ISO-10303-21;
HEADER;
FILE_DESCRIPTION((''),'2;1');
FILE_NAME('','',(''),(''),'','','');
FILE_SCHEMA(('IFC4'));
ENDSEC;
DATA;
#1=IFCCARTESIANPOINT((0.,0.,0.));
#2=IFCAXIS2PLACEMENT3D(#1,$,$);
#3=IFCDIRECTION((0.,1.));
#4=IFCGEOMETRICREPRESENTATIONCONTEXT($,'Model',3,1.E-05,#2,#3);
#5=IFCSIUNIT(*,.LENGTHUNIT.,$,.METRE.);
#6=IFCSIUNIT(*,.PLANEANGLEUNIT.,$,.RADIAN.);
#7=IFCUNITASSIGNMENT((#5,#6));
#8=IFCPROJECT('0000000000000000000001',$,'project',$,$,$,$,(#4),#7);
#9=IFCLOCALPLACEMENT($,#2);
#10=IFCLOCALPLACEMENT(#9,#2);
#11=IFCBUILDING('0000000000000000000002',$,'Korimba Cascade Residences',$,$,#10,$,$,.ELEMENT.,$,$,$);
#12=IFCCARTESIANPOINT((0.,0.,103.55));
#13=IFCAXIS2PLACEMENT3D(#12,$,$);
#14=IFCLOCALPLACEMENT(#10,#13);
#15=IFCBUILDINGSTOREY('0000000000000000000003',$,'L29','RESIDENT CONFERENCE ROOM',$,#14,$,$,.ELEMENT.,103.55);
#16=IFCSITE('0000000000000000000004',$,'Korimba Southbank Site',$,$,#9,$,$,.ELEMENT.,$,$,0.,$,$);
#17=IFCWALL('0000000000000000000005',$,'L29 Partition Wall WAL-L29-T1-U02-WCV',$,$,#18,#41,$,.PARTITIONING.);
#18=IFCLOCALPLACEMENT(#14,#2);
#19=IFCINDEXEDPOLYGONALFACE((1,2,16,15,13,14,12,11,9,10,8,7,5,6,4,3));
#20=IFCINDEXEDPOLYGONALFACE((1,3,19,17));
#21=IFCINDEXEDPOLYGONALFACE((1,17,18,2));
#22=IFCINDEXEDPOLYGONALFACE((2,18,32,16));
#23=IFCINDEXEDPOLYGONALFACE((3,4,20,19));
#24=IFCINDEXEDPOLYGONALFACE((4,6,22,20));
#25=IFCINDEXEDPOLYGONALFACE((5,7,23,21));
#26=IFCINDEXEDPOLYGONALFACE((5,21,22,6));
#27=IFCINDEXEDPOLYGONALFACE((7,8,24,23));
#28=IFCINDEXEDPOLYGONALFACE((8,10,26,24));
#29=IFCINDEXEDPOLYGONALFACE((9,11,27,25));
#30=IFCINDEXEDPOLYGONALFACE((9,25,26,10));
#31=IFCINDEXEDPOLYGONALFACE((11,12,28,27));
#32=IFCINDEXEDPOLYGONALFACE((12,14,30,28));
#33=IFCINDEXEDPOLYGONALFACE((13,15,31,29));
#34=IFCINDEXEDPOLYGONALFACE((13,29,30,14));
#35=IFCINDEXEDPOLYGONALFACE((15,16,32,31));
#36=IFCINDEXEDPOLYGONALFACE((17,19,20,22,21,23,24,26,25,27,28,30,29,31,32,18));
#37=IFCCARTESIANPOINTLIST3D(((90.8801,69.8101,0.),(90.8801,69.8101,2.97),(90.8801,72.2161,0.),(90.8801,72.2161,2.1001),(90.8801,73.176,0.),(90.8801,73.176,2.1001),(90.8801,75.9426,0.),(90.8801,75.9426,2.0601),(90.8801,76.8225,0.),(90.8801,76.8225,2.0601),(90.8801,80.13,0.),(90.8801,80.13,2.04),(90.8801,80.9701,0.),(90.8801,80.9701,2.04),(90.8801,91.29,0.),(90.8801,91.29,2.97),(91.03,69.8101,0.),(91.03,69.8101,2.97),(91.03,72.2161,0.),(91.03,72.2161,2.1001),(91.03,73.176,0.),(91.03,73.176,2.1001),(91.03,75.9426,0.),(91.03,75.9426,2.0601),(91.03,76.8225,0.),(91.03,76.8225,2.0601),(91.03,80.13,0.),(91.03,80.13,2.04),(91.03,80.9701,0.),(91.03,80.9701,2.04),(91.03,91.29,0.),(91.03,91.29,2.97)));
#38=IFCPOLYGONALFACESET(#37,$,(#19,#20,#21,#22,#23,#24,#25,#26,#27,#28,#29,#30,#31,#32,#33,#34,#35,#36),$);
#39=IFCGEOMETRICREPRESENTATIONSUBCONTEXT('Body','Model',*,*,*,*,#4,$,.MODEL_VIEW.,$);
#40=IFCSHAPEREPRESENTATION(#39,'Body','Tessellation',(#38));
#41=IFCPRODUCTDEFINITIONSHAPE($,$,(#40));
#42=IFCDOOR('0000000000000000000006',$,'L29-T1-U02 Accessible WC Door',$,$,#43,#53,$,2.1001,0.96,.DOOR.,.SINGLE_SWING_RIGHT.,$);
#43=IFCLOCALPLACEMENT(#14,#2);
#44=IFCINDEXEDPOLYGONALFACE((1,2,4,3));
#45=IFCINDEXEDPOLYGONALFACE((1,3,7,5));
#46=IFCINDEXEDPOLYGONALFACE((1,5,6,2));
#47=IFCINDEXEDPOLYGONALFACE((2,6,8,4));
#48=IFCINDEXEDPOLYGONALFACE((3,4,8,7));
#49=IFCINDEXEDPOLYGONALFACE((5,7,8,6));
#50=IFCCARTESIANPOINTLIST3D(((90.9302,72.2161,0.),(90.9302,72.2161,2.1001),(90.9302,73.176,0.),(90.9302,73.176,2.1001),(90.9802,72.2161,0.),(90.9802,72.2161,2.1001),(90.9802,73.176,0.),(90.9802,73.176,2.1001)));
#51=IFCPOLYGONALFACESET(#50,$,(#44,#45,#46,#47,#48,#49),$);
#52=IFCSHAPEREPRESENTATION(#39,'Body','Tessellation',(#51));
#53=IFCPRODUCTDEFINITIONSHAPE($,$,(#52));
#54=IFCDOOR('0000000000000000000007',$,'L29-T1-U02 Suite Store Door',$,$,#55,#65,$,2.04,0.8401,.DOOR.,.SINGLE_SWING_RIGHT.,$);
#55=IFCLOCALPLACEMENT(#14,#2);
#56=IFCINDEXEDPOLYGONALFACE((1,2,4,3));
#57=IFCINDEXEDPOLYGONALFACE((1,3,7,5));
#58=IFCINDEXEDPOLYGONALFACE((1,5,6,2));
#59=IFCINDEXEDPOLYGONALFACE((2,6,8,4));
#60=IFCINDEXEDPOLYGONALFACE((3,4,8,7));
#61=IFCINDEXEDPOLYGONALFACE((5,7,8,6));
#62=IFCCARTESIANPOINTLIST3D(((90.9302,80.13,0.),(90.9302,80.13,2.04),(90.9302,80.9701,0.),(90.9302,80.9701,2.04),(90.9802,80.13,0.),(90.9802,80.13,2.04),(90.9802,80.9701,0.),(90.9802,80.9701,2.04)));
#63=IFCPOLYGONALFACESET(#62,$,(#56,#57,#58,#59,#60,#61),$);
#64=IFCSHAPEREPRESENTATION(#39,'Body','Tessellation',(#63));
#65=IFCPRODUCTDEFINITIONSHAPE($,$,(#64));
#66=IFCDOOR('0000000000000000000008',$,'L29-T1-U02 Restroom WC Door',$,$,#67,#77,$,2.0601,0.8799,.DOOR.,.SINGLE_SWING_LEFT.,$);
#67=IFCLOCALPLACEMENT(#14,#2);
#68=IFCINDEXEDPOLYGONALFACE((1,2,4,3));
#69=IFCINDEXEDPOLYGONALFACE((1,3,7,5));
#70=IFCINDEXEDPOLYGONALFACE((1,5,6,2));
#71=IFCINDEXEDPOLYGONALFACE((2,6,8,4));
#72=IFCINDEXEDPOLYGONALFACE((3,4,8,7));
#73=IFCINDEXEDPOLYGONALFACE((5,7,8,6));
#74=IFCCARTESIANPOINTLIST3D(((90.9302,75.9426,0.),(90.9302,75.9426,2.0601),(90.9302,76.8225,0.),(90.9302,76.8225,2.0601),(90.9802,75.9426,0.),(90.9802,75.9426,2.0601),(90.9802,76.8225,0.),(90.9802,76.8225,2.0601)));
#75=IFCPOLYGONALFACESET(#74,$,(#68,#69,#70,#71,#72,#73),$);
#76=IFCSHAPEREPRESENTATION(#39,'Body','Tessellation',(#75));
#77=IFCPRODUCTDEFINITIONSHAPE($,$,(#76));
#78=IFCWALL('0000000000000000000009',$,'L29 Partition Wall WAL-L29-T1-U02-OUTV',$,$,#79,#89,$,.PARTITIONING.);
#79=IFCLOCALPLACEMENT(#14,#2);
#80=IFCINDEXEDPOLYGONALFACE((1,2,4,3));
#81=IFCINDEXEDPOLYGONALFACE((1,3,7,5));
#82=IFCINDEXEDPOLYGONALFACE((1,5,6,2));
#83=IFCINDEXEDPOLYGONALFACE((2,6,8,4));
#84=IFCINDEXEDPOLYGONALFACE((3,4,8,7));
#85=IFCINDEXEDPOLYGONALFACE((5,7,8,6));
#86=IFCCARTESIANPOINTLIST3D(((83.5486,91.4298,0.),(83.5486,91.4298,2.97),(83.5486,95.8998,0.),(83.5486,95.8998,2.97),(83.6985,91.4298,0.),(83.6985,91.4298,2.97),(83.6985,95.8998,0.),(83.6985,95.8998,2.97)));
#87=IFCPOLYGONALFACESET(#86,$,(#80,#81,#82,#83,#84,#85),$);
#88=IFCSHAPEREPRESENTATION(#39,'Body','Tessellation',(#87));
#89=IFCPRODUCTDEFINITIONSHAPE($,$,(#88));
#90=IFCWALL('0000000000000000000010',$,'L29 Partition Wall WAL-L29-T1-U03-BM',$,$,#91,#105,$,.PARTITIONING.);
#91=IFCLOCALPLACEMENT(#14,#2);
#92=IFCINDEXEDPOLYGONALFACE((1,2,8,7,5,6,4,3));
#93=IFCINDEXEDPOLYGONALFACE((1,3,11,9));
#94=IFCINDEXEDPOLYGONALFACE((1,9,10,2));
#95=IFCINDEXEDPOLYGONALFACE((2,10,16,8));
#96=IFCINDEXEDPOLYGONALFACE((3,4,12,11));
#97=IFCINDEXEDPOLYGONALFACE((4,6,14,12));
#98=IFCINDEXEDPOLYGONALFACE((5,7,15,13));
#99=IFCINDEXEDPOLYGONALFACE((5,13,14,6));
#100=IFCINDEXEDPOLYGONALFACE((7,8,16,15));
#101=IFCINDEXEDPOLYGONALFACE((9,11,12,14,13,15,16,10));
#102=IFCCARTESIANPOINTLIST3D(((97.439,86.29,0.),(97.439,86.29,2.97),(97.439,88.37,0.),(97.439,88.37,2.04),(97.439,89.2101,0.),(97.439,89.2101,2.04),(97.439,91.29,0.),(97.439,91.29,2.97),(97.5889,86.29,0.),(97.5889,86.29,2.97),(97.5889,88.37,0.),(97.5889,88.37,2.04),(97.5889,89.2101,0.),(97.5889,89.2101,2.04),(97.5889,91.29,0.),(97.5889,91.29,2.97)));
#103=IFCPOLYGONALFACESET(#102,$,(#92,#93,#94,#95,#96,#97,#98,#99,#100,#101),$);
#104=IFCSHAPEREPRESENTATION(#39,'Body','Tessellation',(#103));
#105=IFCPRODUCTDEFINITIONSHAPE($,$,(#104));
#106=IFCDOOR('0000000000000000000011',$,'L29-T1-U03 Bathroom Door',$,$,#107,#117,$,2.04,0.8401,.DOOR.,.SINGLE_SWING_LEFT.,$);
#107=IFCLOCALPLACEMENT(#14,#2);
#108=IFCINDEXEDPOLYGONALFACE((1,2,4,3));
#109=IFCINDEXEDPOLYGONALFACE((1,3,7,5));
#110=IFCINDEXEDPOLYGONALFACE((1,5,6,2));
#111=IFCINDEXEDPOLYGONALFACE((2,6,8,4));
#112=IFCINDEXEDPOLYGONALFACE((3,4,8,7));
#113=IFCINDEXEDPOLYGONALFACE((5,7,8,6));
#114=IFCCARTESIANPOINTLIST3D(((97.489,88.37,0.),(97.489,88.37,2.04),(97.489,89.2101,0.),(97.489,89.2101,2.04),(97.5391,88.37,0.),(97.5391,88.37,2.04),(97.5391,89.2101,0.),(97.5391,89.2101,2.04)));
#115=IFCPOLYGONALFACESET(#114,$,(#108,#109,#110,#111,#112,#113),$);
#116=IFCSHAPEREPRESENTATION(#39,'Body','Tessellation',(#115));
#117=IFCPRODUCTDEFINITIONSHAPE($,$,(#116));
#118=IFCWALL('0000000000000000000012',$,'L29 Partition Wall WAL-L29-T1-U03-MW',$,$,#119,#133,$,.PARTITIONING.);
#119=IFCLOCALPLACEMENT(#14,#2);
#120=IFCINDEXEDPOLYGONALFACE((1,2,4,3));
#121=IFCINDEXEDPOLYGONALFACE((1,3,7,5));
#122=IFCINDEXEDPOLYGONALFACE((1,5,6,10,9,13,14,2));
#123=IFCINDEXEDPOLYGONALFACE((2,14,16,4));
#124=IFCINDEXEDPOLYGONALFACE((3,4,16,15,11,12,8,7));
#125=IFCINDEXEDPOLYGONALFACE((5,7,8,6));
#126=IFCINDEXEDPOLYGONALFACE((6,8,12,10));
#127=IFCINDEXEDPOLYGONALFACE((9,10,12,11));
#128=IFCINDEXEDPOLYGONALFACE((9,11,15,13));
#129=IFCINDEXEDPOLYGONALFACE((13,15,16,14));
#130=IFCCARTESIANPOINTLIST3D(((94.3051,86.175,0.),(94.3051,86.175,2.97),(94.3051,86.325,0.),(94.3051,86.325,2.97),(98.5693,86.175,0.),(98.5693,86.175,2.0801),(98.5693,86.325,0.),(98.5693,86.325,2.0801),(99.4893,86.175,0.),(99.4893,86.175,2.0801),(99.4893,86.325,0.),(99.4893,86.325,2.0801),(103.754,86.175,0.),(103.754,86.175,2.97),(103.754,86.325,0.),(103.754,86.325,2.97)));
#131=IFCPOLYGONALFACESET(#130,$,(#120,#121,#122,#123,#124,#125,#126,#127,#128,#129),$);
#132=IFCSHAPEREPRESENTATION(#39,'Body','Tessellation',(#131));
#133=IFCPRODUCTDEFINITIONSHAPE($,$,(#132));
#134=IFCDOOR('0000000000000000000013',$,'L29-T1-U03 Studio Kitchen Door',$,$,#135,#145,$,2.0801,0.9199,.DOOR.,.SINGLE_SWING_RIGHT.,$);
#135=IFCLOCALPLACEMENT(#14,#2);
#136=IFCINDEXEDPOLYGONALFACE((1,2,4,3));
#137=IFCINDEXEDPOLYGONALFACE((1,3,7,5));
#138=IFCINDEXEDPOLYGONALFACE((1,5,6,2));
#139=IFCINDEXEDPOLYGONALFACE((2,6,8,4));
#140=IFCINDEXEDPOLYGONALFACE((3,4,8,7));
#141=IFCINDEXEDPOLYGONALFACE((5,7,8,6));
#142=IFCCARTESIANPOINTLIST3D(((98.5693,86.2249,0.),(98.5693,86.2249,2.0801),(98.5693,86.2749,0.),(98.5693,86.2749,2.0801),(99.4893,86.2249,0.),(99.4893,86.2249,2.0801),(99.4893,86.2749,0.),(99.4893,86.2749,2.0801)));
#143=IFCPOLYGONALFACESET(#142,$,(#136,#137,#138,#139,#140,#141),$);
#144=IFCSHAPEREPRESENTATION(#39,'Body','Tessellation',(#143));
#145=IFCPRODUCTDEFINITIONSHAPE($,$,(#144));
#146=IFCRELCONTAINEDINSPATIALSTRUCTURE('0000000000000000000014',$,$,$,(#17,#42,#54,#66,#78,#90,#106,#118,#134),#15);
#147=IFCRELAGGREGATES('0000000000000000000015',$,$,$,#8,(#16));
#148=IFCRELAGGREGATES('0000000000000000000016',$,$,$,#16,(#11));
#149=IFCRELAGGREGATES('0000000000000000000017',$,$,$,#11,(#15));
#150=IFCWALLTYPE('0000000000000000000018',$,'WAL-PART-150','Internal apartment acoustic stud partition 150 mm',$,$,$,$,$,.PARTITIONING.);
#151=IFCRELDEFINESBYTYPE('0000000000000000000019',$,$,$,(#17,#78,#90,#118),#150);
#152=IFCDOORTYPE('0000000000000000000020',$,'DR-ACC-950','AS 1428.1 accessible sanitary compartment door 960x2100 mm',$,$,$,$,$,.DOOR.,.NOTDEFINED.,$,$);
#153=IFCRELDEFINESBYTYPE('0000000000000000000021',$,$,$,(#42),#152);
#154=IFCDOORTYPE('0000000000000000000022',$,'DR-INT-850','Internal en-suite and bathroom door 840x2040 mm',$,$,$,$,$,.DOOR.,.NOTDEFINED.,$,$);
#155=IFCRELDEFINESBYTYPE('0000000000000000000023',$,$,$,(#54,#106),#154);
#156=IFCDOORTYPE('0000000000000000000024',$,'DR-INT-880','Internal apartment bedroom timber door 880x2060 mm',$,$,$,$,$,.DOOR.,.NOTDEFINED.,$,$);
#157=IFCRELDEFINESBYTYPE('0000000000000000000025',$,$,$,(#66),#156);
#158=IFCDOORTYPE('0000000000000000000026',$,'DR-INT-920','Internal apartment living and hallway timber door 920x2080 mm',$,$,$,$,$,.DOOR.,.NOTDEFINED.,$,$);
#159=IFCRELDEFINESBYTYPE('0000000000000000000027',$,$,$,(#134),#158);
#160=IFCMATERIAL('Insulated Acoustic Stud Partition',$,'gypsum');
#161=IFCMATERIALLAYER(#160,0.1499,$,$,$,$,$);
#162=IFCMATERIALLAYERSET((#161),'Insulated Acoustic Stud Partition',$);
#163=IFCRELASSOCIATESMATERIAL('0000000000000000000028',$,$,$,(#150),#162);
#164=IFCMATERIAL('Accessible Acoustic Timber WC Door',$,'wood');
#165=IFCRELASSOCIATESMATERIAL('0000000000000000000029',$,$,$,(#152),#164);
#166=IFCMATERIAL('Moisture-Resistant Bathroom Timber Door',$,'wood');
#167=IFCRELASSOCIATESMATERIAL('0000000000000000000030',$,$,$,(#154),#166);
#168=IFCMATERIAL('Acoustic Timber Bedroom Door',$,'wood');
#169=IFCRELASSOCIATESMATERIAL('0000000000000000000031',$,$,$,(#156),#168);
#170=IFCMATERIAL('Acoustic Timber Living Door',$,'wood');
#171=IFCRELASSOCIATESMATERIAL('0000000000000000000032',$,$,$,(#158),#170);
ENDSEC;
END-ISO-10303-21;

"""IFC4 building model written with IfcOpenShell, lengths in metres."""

from ifc_helpers import new_model, si_unit, direction, frame, frame_2d, origin, place, context, subcontext, project, spatial, rectangle, extrude, material, layer, layer_set, type_object, element, fill, save


model = new_model("IFC4")

# Units and contexts
model_context = context("Model", 3, precision=1e-05, world=origin(), true_north=direction((0.0, 1.0)))
body_context = subcontext(model_context, "Body", "Model", "MODEL_VIEW")
ifc_project = project(units=[si_unit("LENGTHUNIT", "METRE"), si_unit("PLANEANGLEUNIT", "RADIAN")], contexts=[model_context])

# Site, building, storey
site_placement = place(None, origin())
site = spatial("IfcSite", under=ifc_project, at=site_placement, Name="Korimba Southbank Site", CompositionType="ELEMENT", RefElevation=0.0)
building_placement = place(site_placement, origin())
building = spatial("IfcBuilding", under=site, at=building_placement, Name="Korimba Cascade Residences", CompositionType="ELEMENT")
storey_placement = place(building_placement, frame((0.0, 0.0, 103.55)))
storey = spatial("IfcBuildingStorey", under=building, at=storey_placement, Name="L29", Description="RESIDENT CONFERENCE ROOM", CompositionType="ELEMENT", Elevation=103.55)

# Shared definitions
ifc_material_1 = material(Name="Insulated Acoustic Stud Partition", Category="gypsum")
ifc_layer_1 = layer(ifc_material_1, 0.1499)
ifc_layer_set_1 = layer_set([ifc_layer_1], Name="Insulated Acoustic Stud Partition")
wall_type_1 = type_object("IfcWallType", Name="WAL-PART-150", Description="Internal apartment acoustic stud partition 150 mm", PredefinedType="PARTITIONING", material=ifc_layer_set_1)

# Wall, openings, doors
wall_1_placement = place(storey_placement, frame((90.9551, 69.8101, 0.0), z_axis=(0.0, 0.0, 1.0), x_axis=(0.0, 1.0, 0.0)))
wall_1 = element("IfcWall", 1, at=wall_1_placement, inside=storey, type_object=wall_type_1, Name="L29 Partition Wall WAL-L29-T1-U02-WCV", PredefinedType="PARTITIONING", context=body_context, shape_type="SweptSolid", body=[
    extrude(rectangle(XDim=21.48, YDim=0.1499, at=frame_2d((10.74, 0.0))), origin(), (0.0, 0.0, 1.0), 2.97),
])
opening_1_placement = place(wall_1_placement, frame((2.406, 0.0, 0.0)))
opening_1 = element("IfcOpeningElement", 2, at=opening_1_placement, cuts=wall_1, PredefinedType="OPENING", context=body_context, shape_type="SweptSolid", body=[
    extrude(rectangle(XDim=0.96, YDim=2.1001, at=frame_2d((0.48, 1.05))), frame((0.0, 0.085, 0.0), z_axis=(0.0, -1.0, 0.0), x_axis=(1.0, 0.0, 0.0)), (0.0, 0.0, 1.0), 0.1699),
])
opening_2_placement = place(wall_1_placement, frame((6.1326, 0.0, 0.0)))
opening_2 = element("IfcOpeningElement", 3, at=opening_2_placement, cuts=wall_1, PredefinedType="OPENING", context=body_context, shape_type="SweptSolid", body=[
    extrude(rectangle(XDim=0.8799, YDim=2.0601, at=frame_2d((0.4399, 1.03))), frame((0.0, 0.085, 0.0), z_axis=(0.0, -1.0, 0.0), x_axis=(1.0, 0.0, 0.0)), (0.0, 0.0, 1.0), 0.1699),
])
opening_3_placement = place(wall_1_placement, frame((10.3201, 0.0, 0.0)))
opening_3 = element("IfcOpeningElement", 4, at=opening_3_placement, cuts=wall_1, PredefinedType="OPENING", context=body_context, shape_type="SweptSolid", body=[
    extrude(rectangle(XDim=0.8401, YDim=2.04, at=frame_2d((0.4199, 1.02))), frame((0.0, 0.085, 0.0), z_axis=(0.0, -1.0, 0.0), x_axis=(1.0, 0.0, 0.0)), (0.0, 0.0, 1.0), 0.1699),
])
ifc_material_2 = material(Name="Accessible Acoustic Timber WC Door", Category="wood")
door_type_1 = type_object("IfcDoorType", Name="DR-ACC-950", Description="AS 1428.1 accessible sanitary compartment door 960x2100 mm", OperationType="NOTDEFINED", PredefinedType="DOOR", material=ifc_material_2)
door_1_placement = place(opening_1_placement, origin())
door_1 = element("IfcDoor", 5, at=door_1_placement, inside=storey, type_object=door_type_1, Name="L29-T1-U02 Accessible WC Door", OperationType="SINGLE_SWING_RIGHT", OverallHeight=2.1001, OverallWidth=0.96, PredefinedType="DOOR", context=body_context, shape_type="SweptSolid", body=[
    extrude(rectangle(XDim=0.96, YDim=2.1001, at=frame_2d((0.48, 1.05))), frame((0.0, 0.0249, 0.0), z_axis=(0.0, -1.0, 0.0), x_axis=(1.0, 0.0, 0.0)), (0.0, 0.0, 1.0), 0.05),
])
fill(opening_1, door_1)
ifc_material_3 = material(Name="Moisture-Resistant Bathroom Timber Door", Category="wood")
door_type_2 = type_object("IfcDoorType", Name="DR-INT-850", Description="Internal en-suite and bathroom door 840x2040 mm", OperationType="NOTDEFINED", PredefinedType="DOOR", material=ifc_material_3)
door_2_placement = place(opening_3_placement, origin())
door_2 = element("IfcDoor", 6, at=door_2_placement, inside=storey, type_object=door_type_2, Name="L29-T1-U02 Suite Store Door", OperationType="SINGLE_SWING_RIGHT", OverallHeight=2.04, OverallWidth=0.8401, PredefinedType="DOOR", context=body_context, shape_type="SweptSolid", body=[
    extrude(rectangle(XDim=0.8401, YDim=2.04, at=frame_2d((0.4199, 1.02))), frame((0.0, 0.0249, 0.0), z_axis=(0.0, -1.0, 0.0), x_axis=(1.0, 0.0, 0.0)), (0.0, 0.0, 1.0), 0.05),
])
fill(opening_3, door_2)
ifc_material_4 = material(Name="Acoustic Timber Bedroom Door", Category="wood")
door_type_3 = type_object("IfcDoorType", Name="DR-INT-880", Description="Internal apartment bedroom timber door 880x2060 mm", OperationType="NOTDEFINED", PredefinedType="DOOR", material=ifc_material_4)
door_3_placement = place(opening_2_placement, origin())
door_3 = element("IfcDoor", 7, at=door_3_placement, inside=storey, type_object=door_type_3, Name="L29-T1-U02 Restroom WC Door", OperationType="SINGLE_SWING_LEFT", OverallHeight=2.0601, OverallWidth=0.8799, PredefinedType="DOOR", context=body_context, shape_type="SweptSolid", body=[
    extrude(rectangle(XDim=0.8799, YDim=2.0601, at=frame_2d((0.4399, 1.03))), frame((0.0, 0.0249, 0.0), z_axis=(0.0, -1.0, 0.0), x_axis=(1.0, 0.0, 0.0)), (0.0, 0.0, 1.0), 0.05),
])
fill(opening_2, door_3)

# Wall
wall_2_placement = place(storey_placement, frame((83.6235, 91.4299, 0.0), z_axis=(0.0, 0.0, 1.0), x_axis=(0.0, 1.0, 0.0)))
element("IfcWall", 8, at=wall_2_placement, inside=storey, type_object=wall_type_1, Name="L29 Partition Wall WAL-L29-T1-U02-OUTV", PredefinedType="PARTITIONING", context=body_context, shape_type="SweptSolid", body=[
    extrude(rectangle(XDim=4.47, YDim=0.1499, at=frame_2d((2.2349, 0.0))), origin(), (0.0, 0.0, 1.0), 2.97),
])

# Walls, openings, doors
wall_3_placement = place(storey_placement, frame((97.5139, 86.29, 0.0), z_axis=(0.0, 0.0, 1.0), x_axis=(0.0, 1.0, 0.0)))
wall_3 = element("IfcWall", 9, at=wall_3_placement, inside=storey, type_object=wall_type_1, Name="L29 Partition Wall WAL-L29-T1-U03-BM", PredefinedType="PARTITIONING", context=body_context, shape_type="SweptSolid", body=[
    extrude(rectangle(XDim=5.0, YDim=0.1499, at=frame_2d((2.5, 0.0))), origin(), (0.0, 0.0, 1.0), 2.97),
])
opening_4_placement = place(wall_3_placement, frame((2.0801, 0.0, 0.0)))
opening_4 = element("IfcOpeningElement", 10, at=opening_4_placement, cuts=wall_3, PredefinedType="OPENING", context=body_context, shape_type="SweptSolid", body=[
    extrude(rectangle(XDim=0.8401, YDim=2.04, at=frame_2d((0.4199, 1.02))), frame((0.0, 0.085, 0.0), z_axis=(0.0, -1.0, 0.0), x_axis=(1.0, 0.0, 0.0)), (0.0, 0.0, 1.0), 0.1699),
])
door_4_placement = place(opening_4_placement, origin())
door_4 = element("IfcDoor", 11, at=door_4_placement, inside=storey, type_object=door_type_2, Name="L29-T1-U03 Bathroom Door", OperationType="SINGLE_SWING_LEFT", OverallHeight=2.04, OverallWidth=0.8401, PredefinedType="DOOR", context=body_context, shape_type="SweptSolid", body=[
    extrude(rectangle(XDim=0.8401, YDim=2.04, at=frame_2d((0.4199, 1.02))), frame((0.0, 0.0249, 0.0), z_axis=(0.0, -1.0, 0.0), x_axis=(1.0, 0.0, 0.0)), (0.0, 0.0, 1.0), 0.05),
])
fill(opening_4, door_4)
wall_4_placement = place(storey_placement, frame((94.3049, 86.25, 0.0), z_axis=(0.0, 0.0, 1.0), x_axis=(1.0, 0.0, 0.0)))
wall_4 = element("IfcWall", 12, at=wall_4_placement, inside=storey, type_object=wall_type_1, Name="L29 Partition Wall WAL-L29-T1-U03-MW", PredefinedType="PARTITIONING", context=body_context, shape_type="SweptSolid", body=[
    extrude(rectangle(XDim=9.449, YDim=0.1499, at=frame_2d((4.7246, 0.0))), origin(), (0.0, 0.0, 1.0), 2.97),
])
opening_5_placement = place(wall_4_placement, frame((4.2644, 0.0, 0.0)))
opening_5 = element("IfcOpeningElement", 13, at=opening_5_placement, cuts=wall_4, PredefinedType="OPENING", context=body_context, shape_type="SweptSolid", body=[
    extrude(rectangle(XDim=0.9199, YDim=2.0801, at=frame_2d((0.46, 1.04))), frame((0.0, 0.085, 0.0), z_axis=(0.0, -1.0, 0.0), x_axis=(1.0, 0.0, 0.0)), (0.0, 0.0, 1.0), 0.1699),
])
ifc_material_5 = material(Name="Acoustic Timber Living Door", Category="wood")
door_type_4 = type_object("IfcDoorType", Name="DR-INT-920", Description="Internal apartment living and hallway timber door 920x2080 mm", OperationType="NOTDEFINED", PredefinedType="DOOR", material=ifc_material_5)
door_5_placement = place(opening_5_placement, origin())
door_5 = element("IfcDoor", 14, at=door_5_placement, inside=storey, type_object=door_type_4, Name="L29-T1-U03 Studio Kitchen Door", OperationType="SINGLE_SWING_RIGHT", OverallHeight=2.0801, OverallWidth=0.9199, PredefinedType="DOOR", context=body_context, shape_type="SweptSolid", body=[
    extrude(rectangle(XDim=0.9199, YDim=2.0801, at=frame_2d((0.46, 1.04))), frame((0.0, 0.0249, 0.0), z_axis=(0.0, -1.0, 0.0), x_axis=(1.0, 0.0, 0.0)), (0.0, 0.0, 1.0), 0.05),
])
fill(opening_5, door_5)

save(model, "model.ifc")
